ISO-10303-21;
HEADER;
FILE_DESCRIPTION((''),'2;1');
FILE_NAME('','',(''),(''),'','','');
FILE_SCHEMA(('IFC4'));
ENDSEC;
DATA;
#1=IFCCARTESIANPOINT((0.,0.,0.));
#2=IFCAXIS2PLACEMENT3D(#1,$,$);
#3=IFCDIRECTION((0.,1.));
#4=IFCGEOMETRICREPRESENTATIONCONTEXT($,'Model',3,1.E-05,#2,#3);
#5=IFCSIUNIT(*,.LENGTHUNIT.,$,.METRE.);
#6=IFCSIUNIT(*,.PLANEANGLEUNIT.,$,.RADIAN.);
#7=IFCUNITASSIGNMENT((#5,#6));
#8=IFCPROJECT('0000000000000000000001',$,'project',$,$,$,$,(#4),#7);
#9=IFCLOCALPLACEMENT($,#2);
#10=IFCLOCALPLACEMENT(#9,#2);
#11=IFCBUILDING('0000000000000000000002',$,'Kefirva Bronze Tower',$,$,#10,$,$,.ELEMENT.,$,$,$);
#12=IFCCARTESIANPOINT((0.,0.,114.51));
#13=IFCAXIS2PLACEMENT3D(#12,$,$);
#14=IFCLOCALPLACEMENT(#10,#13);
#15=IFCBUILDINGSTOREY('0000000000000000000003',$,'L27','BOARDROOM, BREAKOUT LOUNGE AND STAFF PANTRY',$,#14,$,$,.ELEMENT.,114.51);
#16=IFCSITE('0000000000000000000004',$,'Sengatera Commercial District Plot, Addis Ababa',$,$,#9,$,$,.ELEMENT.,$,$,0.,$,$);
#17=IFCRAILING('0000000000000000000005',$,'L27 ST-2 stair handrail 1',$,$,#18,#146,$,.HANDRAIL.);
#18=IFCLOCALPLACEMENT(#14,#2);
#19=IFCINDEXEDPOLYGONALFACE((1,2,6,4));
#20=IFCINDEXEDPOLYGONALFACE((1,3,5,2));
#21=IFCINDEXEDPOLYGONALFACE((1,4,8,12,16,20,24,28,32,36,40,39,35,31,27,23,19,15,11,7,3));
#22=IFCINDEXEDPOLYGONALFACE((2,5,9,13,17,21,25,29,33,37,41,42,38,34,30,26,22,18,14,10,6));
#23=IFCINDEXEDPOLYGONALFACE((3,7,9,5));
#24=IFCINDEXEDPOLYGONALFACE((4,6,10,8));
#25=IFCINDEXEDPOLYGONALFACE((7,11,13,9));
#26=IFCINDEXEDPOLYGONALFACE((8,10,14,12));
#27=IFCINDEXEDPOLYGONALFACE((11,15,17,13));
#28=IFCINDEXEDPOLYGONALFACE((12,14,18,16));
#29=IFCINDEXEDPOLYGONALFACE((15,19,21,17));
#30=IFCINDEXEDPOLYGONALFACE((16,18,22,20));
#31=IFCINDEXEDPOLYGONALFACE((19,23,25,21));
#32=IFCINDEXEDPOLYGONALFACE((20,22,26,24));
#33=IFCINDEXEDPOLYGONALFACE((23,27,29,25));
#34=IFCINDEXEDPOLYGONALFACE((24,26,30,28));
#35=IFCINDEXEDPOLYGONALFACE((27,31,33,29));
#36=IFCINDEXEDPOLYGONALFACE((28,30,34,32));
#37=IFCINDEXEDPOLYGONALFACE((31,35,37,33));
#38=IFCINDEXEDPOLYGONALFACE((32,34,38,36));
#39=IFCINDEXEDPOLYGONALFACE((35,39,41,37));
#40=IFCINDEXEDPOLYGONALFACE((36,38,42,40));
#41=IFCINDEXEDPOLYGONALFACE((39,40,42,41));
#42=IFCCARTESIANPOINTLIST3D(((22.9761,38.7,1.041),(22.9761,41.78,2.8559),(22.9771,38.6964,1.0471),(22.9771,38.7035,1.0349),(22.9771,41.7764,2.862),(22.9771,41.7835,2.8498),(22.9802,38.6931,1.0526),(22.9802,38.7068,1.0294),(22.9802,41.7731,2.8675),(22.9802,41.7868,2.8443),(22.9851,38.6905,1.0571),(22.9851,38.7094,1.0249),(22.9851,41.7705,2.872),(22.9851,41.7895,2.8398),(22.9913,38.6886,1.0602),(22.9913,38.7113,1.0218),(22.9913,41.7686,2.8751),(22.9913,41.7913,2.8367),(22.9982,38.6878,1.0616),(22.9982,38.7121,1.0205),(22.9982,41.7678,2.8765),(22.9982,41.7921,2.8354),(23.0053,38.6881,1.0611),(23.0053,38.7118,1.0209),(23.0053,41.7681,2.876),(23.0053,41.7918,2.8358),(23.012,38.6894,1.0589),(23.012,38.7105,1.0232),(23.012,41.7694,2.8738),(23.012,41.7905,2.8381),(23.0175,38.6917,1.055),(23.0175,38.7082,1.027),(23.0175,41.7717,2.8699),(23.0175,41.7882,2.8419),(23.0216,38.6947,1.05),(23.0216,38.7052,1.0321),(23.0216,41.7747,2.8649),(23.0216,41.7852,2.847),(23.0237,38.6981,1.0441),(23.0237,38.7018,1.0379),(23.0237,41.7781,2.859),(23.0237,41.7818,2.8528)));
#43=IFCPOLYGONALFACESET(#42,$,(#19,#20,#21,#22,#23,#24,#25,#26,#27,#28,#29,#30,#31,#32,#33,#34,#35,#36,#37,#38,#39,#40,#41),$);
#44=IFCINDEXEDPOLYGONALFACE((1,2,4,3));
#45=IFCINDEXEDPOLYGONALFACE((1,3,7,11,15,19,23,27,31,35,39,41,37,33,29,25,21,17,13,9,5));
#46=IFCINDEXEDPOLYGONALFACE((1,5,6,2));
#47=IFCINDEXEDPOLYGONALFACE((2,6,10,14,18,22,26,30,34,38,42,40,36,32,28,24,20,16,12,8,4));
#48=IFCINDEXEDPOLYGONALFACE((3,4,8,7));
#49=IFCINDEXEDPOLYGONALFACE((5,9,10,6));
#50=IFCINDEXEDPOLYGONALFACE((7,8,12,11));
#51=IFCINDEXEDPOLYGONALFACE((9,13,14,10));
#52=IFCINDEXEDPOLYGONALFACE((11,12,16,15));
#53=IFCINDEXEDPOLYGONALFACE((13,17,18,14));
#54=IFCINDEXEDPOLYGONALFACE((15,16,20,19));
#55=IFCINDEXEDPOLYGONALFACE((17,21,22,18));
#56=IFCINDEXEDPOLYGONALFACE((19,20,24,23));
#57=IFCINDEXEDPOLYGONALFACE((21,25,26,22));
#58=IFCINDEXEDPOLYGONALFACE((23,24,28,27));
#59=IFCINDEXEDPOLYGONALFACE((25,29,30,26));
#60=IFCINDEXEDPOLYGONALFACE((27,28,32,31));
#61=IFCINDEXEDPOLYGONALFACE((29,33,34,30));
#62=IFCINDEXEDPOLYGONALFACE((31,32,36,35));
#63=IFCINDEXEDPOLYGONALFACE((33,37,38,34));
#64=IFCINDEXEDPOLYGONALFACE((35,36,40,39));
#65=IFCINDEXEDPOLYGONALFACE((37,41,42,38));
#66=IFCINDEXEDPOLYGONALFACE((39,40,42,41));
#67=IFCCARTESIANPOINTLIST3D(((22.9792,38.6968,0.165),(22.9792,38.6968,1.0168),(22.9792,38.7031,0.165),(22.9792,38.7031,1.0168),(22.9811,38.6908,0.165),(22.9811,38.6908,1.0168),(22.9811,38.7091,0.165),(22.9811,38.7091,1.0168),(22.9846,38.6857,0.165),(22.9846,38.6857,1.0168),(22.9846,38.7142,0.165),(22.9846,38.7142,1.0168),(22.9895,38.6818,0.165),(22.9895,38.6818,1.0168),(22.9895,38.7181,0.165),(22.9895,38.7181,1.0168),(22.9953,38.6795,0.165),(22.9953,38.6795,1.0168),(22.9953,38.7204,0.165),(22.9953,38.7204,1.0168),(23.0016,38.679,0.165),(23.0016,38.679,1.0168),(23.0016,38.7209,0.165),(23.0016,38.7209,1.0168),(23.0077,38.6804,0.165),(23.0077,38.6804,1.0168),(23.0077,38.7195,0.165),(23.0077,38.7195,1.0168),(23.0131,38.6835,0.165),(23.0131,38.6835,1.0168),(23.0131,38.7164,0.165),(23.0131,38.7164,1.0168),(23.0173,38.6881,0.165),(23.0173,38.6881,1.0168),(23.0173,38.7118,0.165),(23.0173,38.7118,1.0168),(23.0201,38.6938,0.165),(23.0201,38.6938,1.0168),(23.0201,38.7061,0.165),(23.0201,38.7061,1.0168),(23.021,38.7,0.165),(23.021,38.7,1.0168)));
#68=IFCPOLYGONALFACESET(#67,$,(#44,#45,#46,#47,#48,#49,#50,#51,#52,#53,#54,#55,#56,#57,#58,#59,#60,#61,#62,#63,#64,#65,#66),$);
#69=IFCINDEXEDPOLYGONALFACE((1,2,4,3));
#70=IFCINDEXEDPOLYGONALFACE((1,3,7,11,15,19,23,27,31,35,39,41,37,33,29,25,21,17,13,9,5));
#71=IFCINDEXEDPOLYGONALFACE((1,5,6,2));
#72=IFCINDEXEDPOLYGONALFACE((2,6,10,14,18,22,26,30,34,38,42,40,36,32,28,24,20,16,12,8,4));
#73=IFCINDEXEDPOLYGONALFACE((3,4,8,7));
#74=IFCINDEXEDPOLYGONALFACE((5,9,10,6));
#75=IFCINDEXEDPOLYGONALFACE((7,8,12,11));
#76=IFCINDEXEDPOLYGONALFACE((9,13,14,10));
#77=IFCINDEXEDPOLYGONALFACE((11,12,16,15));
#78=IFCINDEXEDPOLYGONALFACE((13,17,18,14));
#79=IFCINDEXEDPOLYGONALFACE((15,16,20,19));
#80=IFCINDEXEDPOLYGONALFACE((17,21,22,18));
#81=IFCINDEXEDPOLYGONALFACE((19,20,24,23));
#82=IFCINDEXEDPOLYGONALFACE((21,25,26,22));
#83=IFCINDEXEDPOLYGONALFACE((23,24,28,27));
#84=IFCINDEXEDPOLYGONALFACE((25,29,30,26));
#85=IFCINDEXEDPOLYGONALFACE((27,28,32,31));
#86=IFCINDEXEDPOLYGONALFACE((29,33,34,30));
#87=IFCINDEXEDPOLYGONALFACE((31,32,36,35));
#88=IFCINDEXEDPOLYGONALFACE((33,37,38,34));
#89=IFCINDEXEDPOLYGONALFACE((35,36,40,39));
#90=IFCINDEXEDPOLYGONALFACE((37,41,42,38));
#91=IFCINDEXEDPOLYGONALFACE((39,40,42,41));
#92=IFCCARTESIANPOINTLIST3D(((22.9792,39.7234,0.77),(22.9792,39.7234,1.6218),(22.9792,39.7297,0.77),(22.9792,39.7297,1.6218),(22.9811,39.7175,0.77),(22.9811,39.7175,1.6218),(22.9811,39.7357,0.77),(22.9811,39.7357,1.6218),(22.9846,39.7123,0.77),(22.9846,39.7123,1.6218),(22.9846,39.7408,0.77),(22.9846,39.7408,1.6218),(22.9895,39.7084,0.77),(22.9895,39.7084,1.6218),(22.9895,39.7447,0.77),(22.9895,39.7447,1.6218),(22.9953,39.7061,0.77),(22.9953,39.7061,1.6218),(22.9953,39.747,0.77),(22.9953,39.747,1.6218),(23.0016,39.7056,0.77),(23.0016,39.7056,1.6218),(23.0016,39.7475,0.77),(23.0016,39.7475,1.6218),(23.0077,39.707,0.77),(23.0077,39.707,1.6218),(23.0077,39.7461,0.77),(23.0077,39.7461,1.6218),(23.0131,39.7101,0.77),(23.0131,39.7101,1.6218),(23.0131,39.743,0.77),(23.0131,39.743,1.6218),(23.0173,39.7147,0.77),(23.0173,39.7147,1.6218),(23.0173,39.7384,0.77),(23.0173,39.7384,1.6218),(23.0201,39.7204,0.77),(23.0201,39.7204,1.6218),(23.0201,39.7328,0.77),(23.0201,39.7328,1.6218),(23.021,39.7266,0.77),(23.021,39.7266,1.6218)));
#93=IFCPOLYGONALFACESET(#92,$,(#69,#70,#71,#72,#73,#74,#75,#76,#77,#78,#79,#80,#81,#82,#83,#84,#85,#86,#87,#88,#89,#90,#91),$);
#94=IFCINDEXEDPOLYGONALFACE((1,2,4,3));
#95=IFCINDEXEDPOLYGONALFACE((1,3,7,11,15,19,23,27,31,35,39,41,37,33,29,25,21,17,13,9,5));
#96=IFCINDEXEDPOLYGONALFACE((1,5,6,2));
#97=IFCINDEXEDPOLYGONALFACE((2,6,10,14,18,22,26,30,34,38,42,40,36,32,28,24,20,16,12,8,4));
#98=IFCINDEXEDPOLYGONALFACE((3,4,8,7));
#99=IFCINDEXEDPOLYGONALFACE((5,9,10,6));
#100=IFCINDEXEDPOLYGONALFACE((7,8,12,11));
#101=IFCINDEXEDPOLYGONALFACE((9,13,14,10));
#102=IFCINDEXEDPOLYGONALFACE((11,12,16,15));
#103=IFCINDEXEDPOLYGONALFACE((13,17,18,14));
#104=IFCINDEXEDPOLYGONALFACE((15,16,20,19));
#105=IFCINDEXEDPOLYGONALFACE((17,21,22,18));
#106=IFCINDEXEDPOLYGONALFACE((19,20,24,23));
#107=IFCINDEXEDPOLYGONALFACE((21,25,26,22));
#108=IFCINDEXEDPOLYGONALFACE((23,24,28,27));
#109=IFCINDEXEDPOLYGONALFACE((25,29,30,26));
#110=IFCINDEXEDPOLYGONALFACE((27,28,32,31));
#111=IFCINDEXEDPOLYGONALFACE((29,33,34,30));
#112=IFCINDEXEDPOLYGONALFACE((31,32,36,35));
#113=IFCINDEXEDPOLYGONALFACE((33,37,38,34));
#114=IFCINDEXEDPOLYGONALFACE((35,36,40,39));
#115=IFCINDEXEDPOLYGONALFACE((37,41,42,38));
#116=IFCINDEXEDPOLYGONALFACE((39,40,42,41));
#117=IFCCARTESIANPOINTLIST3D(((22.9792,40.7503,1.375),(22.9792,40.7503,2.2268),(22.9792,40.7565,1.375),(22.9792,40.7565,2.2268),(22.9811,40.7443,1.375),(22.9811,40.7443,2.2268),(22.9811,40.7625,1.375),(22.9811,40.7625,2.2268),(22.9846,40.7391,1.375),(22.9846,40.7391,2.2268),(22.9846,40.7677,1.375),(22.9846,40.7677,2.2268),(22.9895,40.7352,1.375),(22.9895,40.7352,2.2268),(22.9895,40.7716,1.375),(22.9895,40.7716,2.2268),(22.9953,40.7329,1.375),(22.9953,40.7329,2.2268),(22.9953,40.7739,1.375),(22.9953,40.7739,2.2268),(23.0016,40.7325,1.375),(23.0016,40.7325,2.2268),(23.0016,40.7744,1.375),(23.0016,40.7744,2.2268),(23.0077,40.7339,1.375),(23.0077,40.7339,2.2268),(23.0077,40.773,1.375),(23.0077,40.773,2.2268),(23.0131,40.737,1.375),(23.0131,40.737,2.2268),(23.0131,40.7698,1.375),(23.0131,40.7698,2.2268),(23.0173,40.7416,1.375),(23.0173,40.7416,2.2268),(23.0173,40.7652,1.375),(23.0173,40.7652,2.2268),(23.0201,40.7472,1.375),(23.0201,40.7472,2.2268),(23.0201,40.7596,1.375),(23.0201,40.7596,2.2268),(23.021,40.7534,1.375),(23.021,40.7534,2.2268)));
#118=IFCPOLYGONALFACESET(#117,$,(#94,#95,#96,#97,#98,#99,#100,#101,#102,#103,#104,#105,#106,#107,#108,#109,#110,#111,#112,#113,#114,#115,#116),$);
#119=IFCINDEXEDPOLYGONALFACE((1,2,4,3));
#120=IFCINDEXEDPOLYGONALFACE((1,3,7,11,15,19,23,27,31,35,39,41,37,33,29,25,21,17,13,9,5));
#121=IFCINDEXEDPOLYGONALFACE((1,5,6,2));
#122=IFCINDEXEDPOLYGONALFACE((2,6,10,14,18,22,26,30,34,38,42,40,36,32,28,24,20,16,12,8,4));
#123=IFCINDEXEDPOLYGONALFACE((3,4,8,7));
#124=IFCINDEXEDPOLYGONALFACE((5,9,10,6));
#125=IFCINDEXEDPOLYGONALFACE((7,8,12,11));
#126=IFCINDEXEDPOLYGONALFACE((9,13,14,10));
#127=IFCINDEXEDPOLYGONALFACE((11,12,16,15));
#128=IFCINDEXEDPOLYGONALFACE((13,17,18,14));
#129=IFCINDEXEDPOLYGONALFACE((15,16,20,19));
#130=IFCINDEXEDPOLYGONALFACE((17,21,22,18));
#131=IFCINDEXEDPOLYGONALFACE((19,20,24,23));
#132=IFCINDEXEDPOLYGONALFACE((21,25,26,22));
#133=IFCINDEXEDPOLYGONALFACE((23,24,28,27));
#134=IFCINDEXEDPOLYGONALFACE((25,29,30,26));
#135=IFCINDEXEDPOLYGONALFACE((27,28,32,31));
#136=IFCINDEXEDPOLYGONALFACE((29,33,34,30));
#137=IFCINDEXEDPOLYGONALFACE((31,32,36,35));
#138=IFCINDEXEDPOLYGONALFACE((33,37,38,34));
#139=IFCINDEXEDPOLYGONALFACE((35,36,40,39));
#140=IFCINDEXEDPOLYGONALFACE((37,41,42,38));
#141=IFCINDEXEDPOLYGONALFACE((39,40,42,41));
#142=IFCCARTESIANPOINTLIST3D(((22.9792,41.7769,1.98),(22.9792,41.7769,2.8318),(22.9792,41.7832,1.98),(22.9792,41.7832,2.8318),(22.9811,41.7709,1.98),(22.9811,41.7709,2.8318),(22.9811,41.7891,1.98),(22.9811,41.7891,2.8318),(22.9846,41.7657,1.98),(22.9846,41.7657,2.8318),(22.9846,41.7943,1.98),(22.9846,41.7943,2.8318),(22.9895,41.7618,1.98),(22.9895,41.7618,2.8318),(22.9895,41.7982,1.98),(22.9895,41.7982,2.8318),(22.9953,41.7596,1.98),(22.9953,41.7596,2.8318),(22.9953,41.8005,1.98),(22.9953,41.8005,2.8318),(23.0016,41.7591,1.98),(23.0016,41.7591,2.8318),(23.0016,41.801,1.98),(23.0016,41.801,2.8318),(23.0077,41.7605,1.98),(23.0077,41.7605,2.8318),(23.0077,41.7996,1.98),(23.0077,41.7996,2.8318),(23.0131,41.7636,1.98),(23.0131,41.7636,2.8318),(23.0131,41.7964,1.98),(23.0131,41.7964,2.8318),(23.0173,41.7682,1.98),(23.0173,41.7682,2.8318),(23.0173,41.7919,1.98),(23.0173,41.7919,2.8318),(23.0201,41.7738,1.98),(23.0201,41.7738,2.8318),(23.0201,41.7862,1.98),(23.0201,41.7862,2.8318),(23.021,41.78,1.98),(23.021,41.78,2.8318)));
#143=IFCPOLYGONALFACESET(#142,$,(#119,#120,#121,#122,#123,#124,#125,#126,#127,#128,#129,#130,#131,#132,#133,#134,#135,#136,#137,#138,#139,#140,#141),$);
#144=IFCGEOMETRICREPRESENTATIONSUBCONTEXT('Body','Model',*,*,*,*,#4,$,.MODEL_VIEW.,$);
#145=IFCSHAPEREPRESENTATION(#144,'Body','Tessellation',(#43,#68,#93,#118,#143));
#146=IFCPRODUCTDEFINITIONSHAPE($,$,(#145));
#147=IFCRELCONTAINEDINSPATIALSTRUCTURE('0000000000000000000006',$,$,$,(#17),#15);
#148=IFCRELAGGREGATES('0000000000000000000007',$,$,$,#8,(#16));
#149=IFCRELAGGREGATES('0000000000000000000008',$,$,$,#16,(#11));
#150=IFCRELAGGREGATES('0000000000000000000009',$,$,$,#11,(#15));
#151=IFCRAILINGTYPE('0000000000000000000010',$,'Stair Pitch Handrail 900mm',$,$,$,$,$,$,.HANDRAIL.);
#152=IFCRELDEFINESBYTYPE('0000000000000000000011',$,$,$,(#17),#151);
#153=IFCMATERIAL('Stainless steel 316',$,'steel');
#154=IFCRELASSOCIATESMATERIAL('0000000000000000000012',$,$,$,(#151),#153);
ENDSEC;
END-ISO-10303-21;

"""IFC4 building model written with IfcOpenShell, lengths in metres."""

from ifc_helpers import new_model, si_unit, direction, frame, origin, origin_2d, place, context, subcontext, project, spatial, circle, extrude, material, type_object, element, save


model = new_model("IFC4")

# Units and contexts
model_context = context("Model", 3, precision=1e-05, world=origin(), true_north=direction((0.0, 1.0)))
body_context = subcontext(model_context, "Body", "Model", "MODEL_VIEW")
ifc_project = project(units=[si_unit("LENGTHUNIT", "METRE"), si_unit("PLANEANGLEUNIT", "RADIAN")], contexts=[model_context])

# Site, building, storey
site_placement = place(None, origin())
site = spatial("IfcSite", under=ifc_project, at=site_placement, Name="Sengatera Commercial District Plot, Addis Ababa", CompositionType="ELEMENT", RefElevation=0.0)
building_placement = place(site_placement, origin())
building = spatial("IfcBuilding", under=site, at=building_placement, Name="Kefirva Bronze Tower", CompositionType="ELEMENT")
storey_placement = place(building_placement, frame((0.0, 0.0, 114.51)))
storey = spatial("IfcBuildingStorey", under=building, at=storey_placement, Name="L27", Description="BOARDROOM, BREAKOUT LOUNGE AND STAFF PANTRY", CompositionType="ELEMENT", Elevation=114.51)

# Railing
ifc_material_1 = material(Name="Stainless steel 316", Category="steel")
railing_type_1 = type_object("IfcRailingType", Name="Stair Pitch Handrail 900mm", PredefinedType="HANDRAIL", material=ifc_material_1)
railing_1_placement = place(storey_placement, frame((23.0, 38.7, 0.165)))
element("IfcRailing", 1, at=railing_1_placement, inside=storey, type_object=railing_type_1, Name="L27 ST-2 stair handrail 1", PredefinedType="HANDRAIL", context=body_context, shape_type="SweptSolid", body=[
    extrude(circle(Radius=0.0239, at=origin_2d()), frame((0.0, 0.0, 0.876), z_axis=(0.0, 0.861551, 0.507671), x_axis=(-1.0, 0.0, 0.0)), (0.0, 0.0, 1.0), 3.575),
    extrude(circle(Radius=0.021, at=origin_2d()), origin(), (0.0, 0.0, 1.0), 0.8518),
    extrude(circle(Radius=0.021, at=origin_2d()), frame((0.0, 1.0266, 0.605)), (0.0, 0.0, 1.0), 0.8518),
    extrude(circle(Radius=0.021, at=origin_2d()), frame((0.0, 2.0535, 1.21)), (0.0, 0.0, 1.0), 0.8518),
    extrude(circle(Radius=0.021, at=origin_2d()), frame((0.0, 3.0801, 1.8149)), (0.0, 0.0, 1.0), 0.8518),
])

save(model, "model.ifc")
